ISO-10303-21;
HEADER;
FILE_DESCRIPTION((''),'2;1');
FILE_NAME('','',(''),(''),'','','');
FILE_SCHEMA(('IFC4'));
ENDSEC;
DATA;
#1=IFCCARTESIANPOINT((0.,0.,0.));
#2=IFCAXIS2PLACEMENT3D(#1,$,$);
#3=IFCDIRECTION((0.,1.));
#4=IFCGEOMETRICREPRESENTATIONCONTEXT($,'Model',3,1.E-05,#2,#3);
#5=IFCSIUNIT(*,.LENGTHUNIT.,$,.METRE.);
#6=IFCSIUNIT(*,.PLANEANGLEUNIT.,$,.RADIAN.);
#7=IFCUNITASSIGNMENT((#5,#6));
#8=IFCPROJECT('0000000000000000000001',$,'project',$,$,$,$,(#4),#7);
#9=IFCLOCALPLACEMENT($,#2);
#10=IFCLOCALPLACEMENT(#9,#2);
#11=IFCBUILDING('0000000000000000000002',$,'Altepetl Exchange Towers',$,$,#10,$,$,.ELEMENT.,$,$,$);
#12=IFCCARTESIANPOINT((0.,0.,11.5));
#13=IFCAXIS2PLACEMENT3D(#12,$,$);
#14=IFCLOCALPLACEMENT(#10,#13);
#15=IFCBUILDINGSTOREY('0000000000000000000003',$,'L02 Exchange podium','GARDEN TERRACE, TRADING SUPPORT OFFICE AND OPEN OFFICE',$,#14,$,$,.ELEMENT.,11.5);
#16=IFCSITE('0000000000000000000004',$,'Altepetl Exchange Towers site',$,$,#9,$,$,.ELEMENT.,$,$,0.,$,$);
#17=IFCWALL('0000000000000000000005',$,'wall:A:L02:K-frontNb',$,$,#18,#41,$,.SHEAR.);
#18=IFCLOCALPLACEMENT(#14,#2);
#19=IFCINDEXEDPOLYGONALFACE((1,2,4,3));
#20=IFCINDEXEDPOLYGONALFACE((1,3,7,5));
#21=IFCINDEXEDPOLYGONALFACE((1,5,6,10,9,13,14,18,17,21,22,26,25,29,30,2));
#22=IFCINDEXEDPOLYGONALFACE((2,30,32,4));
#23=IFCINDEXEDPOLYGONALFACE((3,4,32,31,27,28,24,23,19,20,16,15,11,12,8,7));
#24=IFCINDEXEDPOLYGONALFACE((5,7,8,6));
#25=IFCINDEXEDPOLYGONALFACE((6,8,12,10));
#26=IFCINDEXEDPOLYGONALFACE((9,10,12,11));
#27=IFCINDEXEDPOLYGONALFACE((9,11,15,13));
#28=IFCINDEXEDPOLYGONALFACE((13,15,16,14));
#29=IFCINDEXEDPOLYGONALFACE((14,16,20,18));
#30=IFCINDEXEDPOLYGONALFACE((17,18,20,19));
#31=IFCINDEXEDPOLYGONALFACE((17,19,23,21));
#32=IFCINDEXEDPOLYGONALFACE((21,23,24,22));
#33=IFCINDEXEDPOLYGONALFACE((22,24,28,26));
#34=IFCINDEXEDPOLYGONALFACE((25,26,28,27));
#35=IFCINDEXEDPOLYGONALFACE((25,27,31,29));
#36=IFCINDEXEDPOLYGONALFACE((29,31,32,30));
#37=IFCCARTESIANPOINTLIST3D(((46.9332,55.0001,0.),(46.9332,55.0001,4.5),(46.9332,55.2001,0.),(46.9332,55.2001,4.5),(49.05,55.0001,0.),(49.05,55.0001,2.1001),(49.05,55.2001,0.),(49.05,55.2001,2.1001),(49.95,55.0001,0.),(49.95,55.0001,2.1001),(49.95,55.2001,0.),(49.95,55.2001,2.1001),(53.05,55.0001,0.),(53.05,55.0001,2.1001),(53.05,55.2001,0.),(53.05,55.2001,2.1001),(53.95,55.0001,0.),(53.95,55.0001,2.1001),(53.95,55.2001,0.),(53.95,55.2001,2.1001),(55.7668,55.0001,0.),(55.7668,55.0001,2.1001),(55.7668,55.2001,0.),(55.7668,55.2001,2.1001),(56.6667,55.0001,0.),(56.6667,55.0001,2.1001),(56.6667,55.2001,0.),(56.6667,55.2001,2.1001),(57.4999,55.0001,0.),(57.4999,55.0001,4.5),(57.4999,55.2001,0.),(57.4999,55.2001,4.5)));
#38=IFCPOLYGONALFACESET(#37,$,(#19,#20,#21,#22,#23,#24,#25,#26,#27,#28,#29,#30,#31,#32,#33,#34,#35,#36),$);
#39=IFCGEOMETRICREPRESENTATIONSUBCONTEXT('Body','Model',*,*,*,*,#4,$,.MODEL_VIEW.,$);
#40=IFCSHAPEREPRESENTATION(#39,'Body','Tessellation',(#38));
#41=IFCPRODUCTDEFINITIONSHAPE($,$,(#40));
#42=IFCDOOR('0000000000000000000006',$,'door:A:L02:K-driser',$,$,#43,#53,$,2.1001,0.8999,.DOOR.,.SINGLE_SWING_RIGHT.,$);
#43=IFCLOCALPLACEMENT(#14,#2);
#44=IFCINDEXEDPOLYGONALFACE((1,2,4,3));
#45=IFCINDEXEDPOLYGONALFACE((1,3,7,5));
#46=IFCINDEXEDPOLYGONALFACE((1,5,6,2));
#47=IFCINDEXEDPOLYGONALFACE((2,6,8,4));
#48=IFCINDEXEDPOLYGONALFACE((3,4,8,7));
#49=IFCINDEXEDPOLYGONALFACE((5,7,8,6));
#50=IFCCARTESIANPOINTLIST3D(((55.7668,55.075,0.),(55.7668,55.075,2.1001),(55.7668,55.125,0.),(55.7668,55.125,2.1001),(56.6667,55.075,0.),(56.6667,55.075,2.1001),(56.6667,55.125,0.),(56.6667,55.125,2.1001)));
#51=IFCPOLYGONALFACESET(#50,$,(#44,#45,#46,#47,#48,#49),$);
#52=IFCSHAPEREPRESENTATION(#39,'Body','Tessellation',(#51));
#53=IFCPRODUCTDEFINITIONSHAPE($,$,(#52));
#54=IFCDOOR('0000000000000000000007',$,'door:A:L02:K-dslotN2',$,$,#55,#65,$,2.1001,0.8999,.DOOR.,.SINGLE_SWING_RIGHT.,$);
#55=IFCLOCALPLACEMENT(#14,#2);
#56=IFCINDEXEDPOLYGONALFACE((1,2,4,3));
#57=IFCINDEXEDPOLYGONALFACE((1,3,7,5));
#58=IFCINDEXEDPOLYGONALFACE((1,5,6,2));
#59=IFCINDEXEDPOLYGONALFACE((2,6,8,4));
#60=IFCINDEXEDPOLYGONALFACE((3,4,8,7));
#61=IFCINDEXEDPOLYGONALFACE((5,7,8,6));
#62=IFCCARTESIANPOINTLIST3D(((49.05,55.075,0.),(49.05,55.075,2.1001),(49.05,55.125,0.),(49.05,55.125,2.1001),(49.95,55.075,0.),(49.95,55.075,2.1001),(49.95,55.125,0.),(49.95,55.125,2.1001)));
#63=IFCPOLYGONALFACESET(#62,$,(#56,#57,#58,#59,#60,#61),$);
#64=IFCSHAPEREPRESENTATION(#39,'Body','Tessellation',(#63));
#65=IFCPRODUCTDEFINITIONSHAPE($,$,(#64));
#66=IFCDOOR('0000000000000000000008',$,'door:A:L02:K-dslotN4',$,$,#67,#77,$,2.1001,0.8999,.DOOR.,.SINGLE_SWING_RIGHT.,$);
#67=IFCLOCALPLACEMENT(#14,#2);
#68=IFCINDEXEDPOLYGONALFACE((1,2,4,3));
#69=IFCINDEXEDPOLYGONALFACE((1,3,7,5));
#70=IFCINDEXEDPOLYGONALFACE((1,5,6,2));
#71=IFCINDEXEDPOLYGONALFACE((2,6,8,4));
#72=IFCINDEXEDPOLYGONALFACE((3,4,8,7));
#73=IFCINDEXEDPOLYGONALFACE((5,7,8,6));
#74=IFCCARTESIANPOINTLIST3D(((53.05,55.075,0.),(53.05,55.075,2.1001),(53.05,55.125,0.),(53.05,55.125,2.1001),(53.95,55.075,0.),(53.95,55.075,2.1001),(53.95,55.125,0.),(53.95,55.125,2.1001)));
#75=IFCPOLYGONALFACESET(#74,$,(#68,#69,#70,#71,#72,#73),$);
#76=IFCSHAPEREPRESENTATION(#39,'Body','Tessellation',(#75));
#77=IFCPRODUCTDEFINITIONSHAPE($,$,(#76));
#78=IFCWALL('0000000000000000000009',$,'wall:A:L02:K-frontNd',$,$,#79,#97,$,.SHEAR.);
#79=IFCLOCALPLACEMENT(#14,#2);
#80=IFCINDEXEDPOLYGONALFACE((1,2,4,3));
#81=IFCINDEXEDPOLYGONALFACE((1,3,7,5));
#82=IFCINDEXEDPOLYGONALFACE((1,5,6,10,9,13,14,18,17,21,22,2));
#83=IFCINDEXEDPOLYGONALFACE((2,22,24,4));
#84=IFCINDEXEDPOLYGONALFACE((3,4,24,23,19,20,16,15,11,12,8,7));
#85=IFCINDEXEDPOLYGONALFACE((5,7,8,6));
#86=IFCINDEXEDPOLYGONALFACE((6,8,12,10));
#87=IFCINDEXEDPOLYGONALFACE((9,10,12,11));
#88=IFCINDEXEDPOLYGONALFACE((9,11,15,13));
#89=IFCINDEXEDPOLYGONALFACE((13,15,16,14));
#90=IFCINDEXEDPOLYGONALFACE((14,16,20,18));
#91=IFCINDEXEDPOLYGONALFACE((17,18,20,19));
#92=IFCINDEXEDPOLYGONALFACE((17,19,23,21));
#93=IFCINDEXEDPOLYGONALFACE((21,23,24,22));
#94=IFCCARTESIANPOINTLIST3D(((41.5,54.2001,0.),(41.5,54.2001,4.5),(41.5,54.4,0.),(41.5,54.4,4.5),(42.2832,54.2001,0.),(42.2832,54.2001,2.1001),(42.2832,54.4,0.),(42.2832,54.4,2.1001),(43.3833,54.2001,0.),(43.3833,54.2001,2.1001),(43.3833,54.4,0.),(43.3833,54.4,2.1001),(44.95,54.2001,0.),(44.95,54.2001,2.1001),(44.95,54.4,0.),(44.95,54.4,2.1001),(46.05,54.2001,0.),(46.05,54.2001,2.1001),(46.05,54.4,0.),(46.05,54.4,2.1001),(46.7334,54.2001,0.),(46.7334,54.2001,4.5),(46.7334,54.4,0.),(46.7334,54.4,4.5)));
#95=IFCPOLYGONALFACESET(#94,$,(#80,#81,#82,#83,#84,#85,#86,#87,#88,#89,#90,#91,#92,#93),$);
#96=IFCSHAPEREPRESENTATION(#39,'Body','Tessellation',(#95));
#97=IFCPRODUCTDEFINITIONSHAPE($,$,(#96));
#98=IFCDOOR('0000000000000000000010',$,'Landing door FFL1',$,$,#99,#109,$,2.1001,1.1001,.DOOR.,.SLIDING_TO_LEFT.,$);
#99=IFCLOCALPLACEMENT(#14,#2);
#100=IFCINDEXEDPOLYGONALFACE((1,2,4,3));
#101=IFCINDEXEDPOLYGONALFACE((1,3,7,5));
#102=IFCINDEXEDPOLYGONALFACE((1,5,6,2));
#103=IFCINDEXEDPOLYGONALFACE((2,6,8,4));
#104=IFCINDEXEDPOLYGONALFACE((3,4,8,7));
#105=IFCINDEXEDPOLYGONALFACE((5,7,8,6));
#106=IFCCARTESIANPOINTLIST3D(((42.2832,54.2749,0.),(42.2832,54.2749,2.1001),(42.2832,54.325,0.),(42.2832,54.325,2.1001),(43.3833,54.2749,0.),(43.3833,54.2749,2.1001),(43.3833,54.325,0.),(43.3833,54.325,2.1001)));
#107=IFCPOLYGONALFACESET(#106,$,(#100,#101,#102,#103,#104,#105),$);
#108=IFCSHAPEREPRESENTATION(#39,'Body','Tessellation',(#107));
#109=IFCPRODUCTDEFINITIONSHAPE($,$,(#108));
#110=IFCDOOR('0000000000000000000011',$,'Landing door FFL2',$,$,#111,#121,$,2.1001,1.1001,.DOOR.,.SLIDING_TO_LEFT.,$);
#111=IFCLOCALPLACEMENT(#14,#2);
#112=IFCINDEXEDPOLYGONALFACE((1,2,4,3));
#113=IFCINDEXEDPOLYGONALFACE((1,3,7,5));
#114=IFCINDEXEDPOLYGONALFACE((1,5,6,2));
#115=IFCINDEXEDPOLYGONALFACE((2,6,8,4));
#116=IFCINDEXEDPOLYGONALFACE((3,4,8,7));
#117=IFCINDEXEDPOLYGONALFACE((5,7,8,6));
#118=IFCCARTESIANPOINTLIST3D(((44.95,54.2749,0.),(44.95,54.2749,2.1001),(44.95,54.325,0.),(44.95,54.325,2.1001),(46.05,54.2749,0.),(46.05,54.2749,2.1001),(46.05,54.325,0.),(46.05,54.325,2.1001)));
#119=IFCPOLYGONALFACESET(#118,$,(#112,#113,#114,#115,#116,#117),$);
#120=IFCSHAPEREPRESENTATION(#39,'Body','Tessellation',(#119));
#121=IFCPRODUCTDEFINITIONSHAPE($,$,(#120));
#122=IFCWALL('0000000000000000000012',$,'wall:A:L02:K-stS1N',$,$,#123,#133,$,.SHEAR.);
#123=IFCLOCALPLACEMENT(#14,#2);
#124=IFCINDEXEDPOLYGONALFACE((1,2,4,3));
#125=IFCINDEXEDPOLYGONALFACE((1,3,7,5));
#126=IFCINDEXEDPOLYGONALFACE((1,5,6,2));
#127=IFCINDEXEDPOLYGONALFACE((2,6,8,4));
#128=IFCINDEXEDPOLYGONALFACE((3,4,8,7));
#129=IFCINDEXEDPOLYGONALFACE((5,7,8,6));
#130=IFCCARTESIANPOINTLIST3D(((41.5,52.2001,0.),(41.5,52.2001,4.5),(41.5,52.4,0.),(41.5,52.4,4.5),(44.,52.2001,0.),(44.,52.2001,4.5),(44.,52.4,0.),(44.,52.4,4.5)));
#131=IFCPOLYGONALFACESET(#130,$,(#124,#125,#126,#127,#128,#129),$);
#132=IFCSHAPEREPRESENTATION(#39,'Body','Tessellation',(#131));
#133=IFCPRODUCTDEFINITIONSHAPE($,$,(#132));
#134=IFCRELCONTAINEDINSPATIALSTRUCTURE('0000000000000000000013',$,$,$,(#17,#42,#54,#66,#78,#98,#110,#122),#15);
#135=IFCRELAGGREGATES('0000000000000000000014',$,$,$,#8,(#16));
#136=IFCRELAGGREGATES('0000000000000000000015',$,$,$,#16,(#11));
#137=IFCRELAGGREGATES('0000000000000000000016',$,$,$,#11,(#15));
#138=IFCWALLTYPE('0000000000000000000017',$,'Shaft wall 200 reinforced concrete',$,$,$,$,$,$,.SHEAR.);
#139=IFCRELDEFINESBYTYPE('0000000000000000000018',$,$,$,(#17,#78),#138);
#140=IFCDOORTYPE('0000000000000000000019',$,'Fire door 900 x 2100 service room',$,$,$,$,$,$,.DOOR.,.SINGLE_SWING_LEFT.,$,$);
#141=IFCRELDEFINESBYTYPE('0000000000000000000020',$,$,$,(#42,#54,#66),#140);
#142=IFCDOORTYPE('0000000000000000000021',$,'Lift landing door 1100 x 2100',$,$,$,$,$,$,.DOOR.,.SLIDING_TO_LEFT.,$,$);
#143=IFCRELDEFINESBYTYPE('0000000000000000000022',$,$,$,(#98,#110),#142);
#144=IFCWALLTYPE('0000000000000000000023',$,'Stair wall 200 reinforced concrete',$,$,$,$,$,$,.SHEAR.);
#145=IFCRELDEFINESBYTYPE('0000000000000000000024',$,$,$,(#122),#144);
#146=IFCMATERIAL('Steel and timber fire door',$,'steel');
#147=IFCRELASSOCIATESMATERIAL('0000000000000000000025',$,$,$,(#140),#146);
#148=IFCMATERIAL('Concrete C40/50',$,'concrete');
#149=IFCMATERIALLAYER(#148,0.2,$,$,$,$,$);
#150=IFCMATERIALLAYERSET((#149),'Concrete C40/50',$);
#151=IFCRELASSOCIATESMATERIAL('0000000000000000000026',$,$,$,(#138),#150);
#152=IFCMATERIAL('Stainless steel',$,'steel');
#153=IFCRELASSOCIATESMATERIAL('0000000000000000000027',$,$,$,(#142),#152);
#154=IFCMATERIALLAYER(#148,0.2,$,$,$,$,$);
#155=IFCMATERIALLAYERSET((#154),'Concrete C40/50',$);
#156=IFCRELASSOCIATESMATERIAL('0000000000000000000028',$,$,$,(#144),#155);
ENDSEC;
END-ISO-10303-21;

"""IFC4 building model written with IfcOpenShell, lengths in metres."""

from ifc_helpers import new_model, si_unit, direction, frame, frame_2d, origin, place, context, subcontext, project, spatial, rectangle, extrude, material, layer, layer_set, type_object, element, fill, save


model = new_model("IFC4")

# Units and contexts
model_context = context("Model", 3, precision=1e-05, world=origin(), true_north=direction((0.0, 1.0)))
body_context = subcontext(model_context, "Body", "Model", "MODEL_VIEW")
ifc_project = project(units=[si_unit("LENGTHUNIT", "METRE"), si_unit("PLANEANGLEUNIT", "RADIAN")], contexts=[model_context])

# Site, building, storey
site_placement = place(None, origin())
site = spatial("IfcSite", under=ifc_project, at=site_placement, Name="Altepetl Exchange Towers site", CompositionType="ELEMENT", RefElevation=0.0)
building_placement = place(site_placement, origin())
building = spatial("IfcBuilding", under=site, at=building_placement, Name="Altepetl Exchange Towers", CompositionType="ELEMENT")
storey_placement = place(building_placement, frame((0.0, 0.0, 11.5)))
storey = spatial("IfcBuildingStorey", under=building, at=storey_placement, Name="L02 Exchange podium", Description="GARDEN TERRACE, TRADING SUPPORT OFFICE AND OPEN OFFICE", CompositionType="ELEMENT", Elevation=11.5)

# Shared definitions
ifc_material_1 = material(Name="Steel and timber fire door", Category="steel")

# Shared definitions
door_type_1 = type_object("IfcDoorType", Name="Fire door 900 x 2100 service room", OperationType="SINGLE_SWING_LEFT", PredefinedType="DOOR", material=ifc_material_1)

# Shared definitions
ifc_material_2 = material(Name="Concrete C40/50", Category="concrete")
ifc_layer_1 = layer(ifc_material_2, 0.2)
ifc_layer_set_1 = layer_set([ifc_layer_1], Name="Concrete C40/50")
wall_type_1 = type_object("IfcWallType", Name="Shaft wall 200 reinforced concrete", PredefinedType="SHEAR", material=ifc_layer_set_1)

# Walls, openings, doors
wall_1_placement = place(storey_placement, frame((46.9333, 55.1001, 0.0)))
wall_1 = element("IfcWall", 1, at=wall_1_placement, inside=storey, type_object=wall_type_1, Name="wall:A:L02:K-frontNb", PredefinedType="SHEAR", context=body_context, shape_type="SweptSolid", body=[
    extrude(rectangle(XDim=10.5667, YDim=0.2, at=frame_2d((5.2832, 0.0))), origin(), (0.0, 0.0, 1.0), 4.5),
])
opening_1_placement = place(wall_1_placement, frame((8.8335, 0.0, 0.0)))
opening_1 = element("IfcOpeningElement", 2, at=opening_1_placement, cuts=wall_1, PredefinedType="OPENING", context=body_context, shape_type="SweptSolid", body=[
    extrude(rectangle(XDim=0.8999, YDim=2.1001, at=frame_2d((0.45, 1.05))), frame((0.0, 0.1099, 0.0), z_axis=(0.0, -1.0, 0.0), x_axis=(1.0, 0.0, 0.0)), (0.0, 0.0, 1.0), 0.22),
])
opening_2_placement = place(wall_1_placement, frame((2.1167, 0.0, 0.0)))
opening_2 = element("IfcOpeningElement", 3, at=opening_2_placement, cuts=wall_1, PredefinedType="OPENING", context=body_context, shape_type="SweptSolid", body=[
    extrude(rectangle(XDim=0.8999, YDim=2.1001, at=frame_2d((0.45, 1.05))), frame((0.0, 0.1099, 0.0), z_axis=(0.0, -1.0, 0.0), x_axis=(1.0, 0.0, 0.0)), (0.0, 0.0, 1.0), 0.22),
])
opening_3_placement = place(wall_1_placement, frame((6.1167, 0.0, 0.0)))
opening_3 = element("IfcOpeningElement", 4, at=opening_3_placement, cuts=wall_1, PredefinedType="OPENING", context=body_context, shape_type="SweptSolid", body=[
    extrude(rectangle(XDim=0.8999, YDim=2.1001, at=frame_2d((0.45, 1.05))), frame((0.0, 0.1099, 0.0), z_axis=(0.0, -1.0, 0.0), x_axis=(1.0, 0.0, 0.0)), (0.0, 0.0, 1.0), 0.22),
])
door_1_placement = place(opening_1_placement, origin())
door_1 = element("IfcDoor", 5, at=door_1_placement, inside=storey, type_object=door_type_1, Name="door:A:L02:K-driser", OperationType="SINGLE_SWING_RIGHT", OverallHeight=2.1001, OverallWidth=0.8999, PredefinedType="DOOR", context=body_context, shape_type="SweptSolid", body=[
    extrude(rectangle(XDim=0.8999, YDim=2.1001, at=frame_2d((0.45, 1.05))), frame((0.0, 0.0249, 0.0), z_axis=(0.0, -1.0, 0.0), x_axis=(1.0, 0.0, 0.0)), (0.0, 0.0, 1.0), 0.05),
])
fill(opening_1, door_1)
door_2_placement = place(opening_2_placement, origin())
door_2 = element("IfcDoor", 6, at=door_2_placement, inside=storey, type_object=door_type_1, Name="door:A:L02:K-dslotN2", OperationType="SINGLE_SWING_RIGHT", OverallHeight=2.1001, OverallWidth=0.8999, PredefinedType="DOOR", context=body_context, shape_type="SweptSolid", body=[
    extrude(rectangle(XDim=0.8999, YDim=2.1001, at=frame_2d((0.45, 1.05))), frame((0.0, 0.0249, 0.0), z_axis=(0.0, -1.0, 0.0), x_axis=(1.0, 0.0, 0.0)), (0.0, 0.0, 1.0), 0.05),
])
fill(opening_2, door_2)
door_3_placement = place(opening_3_placement, origin())
door_3 = element("IfcDoor", 7, at=door_3_placement, inside=storey, type_object=door_type_1, Name="door:A:L02:K-dslotN4", OperationType="SINGLE_SWING_RIGHT", OverallHeight=2.1001, OverallWidth=0.8999, PredefinedType="DOOR", context=body_context, shape_type="SweptSolid", body=[
    extrude(rectangle(XDim=0.8999, YDim=2.1001, at=frame_2d((0.45, 1.05))), frame((0.0, 0.0249, 0.0), z_axis=(0.0, -1.0, 0.0), x_axis=(1.0, 0.0, 0.0)), (0.0, 0.0, 1.0), 0.05),
])
fill(opening_3, door_3)
wall_2_placement = place(storey_placement, frame((41.5, 54.3, 0.0)))
wall_2 = element("IfcWall", 8, at=wall_2_placement, inside=storey, type_object=wall_type_1, Name="wall:A:L02:K-frontNd", PredefinedType="SHEAR", context=body_context, shape_type="SweptSolid", body=[
    extrude(rectangle(XDim=5.2334, YDim=0.2, at=frame_2d((2.6167, 0.0))), origin(), (0.0, 0.0, 1.0), 4.5),
])
opening_4_placement = place(wall_2_placement, frame((0.7832, 0.0, 0.0)))
opening_4 = element("IfcOpeningElement", 9, at=opening_4_placement, cuts=wall_2, PredefinedType="OPENING", context=body_context, shape_type="SweptSolid", body=[
    extrude(rectangle(XDim=1.1001, YDim=2.1001, at=frame_2d((0.55, 1.05))), frame((0.0, 0.1099, 0.0), z_axis=(0.0, -1.0, 0.0), x_axis=(1.0, 0.0, 0.0)), (0.0, 0.0, 1.0), 0.22),
])
opening_5_placement = place(wall_2_placement, frame((3.45, 0.0, 0.0)))
opening_5 = element("IfcOpeningElement", 10, at=opening_5_placement, cuts=wall_2, PredefinedType="OPENING", context=body_context, shape_type="SweptSolid", body=[
    extrude(rectangle(XDim=1.1001, YDim=2.1001, at=frame_2d((0.55, 1.05))), frame((0.0, 0.1099, 0.0), z_axis=(0.0, -1.0, 0.0), x_axis=(1.0, 0.0, 0.0)), (0.0, 0.0, 1.0), 0.22),
])
ifc_material_3 = material(Name="Stainless steel", Category="steel")
door_type_2 = type_object("IfcDoorType", Name="Lift landing door 1100 x 2100", OperationType="SLIDING_TO_LEFT", PredefinedType="DOOR", material=ifc_material_3)
door_4_placement = place(opening_4_placement, origin())
door_4 = element("IfcDoor", 11, at=door_4_placement, inside=storey, type_object=door_type_2, Name="Landing door FFL1", OperationType="SLIDING_TO_LEFT", OverallHeight=2.1001, OverallWidth=1.1001, PredefinedType="DOOR", context=body_context, shape_type="SweptSolid", body=[
    extrude(rectangle(XDim=1.1001, YDim=2.1001, at=frame_2d((0.55, 1.05))), frame((0.0, 0.0249, 0.0), z_axis=(0.0, -1.0, 0.0), x_axis=(1.0, 0.0, 0.0)), (0.0, 0.0, 1.0), 0.05),
])
fill(opening_4, door_4)
door_5_placement = place(opening_5_placement, origin())
door_5 = element("IfcDoor", 12, at=door_5_placement, inside=storey, type_object=door_type_2, Name="Landing door FFL2", OperationType="SLIDING_TO_LEFT", OverallHeight=2.1001, OverallWidth=1.1001, PredefinedType="DOOR", context=body_context, shape_type="SweptSolid", body=[
    extrude(rectangle(XDim=1.1001, YDim=2.1001, at=frame_2d((0.55, 1.05))), frame((0.0, 0.0249, 0.0), z_axis=(0.0, -1.0, 0.0), x_axis=(1.0, 0.0, 0.0)), (0.0, 0.0, 1.0), 0.05),
])
fill(opening_5, door_5)

# Wall
ifc_layer_2 = layer(ifc_material_2, 0.2)
ifc_layer_set_2 = layer_set([ifc_layer_2], Name="Concrete C40/50")
wall_type_2 = type_object("IfcWallType", Name="Stair wall 200 reinforced concrete", PredefinedType="SHEAR", material=ifc_layer_set_2)
wall_3_placement = place(storey_placement, frame((41.5, 52.3, 0.0)))
element("IfcWall", 13, at=wall_3_placement, inside=storey, type_object=wall_type_2, Name="wall:A:L02:K-stS1N", PredefinedType="SHEAR", context=body_context, shape_type="SweptSolid", body=[
    extrude(rectangle(XDim=2.5, YDim=0.2, at=frame_2d((1.25, 0.0))), origin(), (0.0, 0.0, 1.0), 4.5),
])

save(model, "model.ifc")
